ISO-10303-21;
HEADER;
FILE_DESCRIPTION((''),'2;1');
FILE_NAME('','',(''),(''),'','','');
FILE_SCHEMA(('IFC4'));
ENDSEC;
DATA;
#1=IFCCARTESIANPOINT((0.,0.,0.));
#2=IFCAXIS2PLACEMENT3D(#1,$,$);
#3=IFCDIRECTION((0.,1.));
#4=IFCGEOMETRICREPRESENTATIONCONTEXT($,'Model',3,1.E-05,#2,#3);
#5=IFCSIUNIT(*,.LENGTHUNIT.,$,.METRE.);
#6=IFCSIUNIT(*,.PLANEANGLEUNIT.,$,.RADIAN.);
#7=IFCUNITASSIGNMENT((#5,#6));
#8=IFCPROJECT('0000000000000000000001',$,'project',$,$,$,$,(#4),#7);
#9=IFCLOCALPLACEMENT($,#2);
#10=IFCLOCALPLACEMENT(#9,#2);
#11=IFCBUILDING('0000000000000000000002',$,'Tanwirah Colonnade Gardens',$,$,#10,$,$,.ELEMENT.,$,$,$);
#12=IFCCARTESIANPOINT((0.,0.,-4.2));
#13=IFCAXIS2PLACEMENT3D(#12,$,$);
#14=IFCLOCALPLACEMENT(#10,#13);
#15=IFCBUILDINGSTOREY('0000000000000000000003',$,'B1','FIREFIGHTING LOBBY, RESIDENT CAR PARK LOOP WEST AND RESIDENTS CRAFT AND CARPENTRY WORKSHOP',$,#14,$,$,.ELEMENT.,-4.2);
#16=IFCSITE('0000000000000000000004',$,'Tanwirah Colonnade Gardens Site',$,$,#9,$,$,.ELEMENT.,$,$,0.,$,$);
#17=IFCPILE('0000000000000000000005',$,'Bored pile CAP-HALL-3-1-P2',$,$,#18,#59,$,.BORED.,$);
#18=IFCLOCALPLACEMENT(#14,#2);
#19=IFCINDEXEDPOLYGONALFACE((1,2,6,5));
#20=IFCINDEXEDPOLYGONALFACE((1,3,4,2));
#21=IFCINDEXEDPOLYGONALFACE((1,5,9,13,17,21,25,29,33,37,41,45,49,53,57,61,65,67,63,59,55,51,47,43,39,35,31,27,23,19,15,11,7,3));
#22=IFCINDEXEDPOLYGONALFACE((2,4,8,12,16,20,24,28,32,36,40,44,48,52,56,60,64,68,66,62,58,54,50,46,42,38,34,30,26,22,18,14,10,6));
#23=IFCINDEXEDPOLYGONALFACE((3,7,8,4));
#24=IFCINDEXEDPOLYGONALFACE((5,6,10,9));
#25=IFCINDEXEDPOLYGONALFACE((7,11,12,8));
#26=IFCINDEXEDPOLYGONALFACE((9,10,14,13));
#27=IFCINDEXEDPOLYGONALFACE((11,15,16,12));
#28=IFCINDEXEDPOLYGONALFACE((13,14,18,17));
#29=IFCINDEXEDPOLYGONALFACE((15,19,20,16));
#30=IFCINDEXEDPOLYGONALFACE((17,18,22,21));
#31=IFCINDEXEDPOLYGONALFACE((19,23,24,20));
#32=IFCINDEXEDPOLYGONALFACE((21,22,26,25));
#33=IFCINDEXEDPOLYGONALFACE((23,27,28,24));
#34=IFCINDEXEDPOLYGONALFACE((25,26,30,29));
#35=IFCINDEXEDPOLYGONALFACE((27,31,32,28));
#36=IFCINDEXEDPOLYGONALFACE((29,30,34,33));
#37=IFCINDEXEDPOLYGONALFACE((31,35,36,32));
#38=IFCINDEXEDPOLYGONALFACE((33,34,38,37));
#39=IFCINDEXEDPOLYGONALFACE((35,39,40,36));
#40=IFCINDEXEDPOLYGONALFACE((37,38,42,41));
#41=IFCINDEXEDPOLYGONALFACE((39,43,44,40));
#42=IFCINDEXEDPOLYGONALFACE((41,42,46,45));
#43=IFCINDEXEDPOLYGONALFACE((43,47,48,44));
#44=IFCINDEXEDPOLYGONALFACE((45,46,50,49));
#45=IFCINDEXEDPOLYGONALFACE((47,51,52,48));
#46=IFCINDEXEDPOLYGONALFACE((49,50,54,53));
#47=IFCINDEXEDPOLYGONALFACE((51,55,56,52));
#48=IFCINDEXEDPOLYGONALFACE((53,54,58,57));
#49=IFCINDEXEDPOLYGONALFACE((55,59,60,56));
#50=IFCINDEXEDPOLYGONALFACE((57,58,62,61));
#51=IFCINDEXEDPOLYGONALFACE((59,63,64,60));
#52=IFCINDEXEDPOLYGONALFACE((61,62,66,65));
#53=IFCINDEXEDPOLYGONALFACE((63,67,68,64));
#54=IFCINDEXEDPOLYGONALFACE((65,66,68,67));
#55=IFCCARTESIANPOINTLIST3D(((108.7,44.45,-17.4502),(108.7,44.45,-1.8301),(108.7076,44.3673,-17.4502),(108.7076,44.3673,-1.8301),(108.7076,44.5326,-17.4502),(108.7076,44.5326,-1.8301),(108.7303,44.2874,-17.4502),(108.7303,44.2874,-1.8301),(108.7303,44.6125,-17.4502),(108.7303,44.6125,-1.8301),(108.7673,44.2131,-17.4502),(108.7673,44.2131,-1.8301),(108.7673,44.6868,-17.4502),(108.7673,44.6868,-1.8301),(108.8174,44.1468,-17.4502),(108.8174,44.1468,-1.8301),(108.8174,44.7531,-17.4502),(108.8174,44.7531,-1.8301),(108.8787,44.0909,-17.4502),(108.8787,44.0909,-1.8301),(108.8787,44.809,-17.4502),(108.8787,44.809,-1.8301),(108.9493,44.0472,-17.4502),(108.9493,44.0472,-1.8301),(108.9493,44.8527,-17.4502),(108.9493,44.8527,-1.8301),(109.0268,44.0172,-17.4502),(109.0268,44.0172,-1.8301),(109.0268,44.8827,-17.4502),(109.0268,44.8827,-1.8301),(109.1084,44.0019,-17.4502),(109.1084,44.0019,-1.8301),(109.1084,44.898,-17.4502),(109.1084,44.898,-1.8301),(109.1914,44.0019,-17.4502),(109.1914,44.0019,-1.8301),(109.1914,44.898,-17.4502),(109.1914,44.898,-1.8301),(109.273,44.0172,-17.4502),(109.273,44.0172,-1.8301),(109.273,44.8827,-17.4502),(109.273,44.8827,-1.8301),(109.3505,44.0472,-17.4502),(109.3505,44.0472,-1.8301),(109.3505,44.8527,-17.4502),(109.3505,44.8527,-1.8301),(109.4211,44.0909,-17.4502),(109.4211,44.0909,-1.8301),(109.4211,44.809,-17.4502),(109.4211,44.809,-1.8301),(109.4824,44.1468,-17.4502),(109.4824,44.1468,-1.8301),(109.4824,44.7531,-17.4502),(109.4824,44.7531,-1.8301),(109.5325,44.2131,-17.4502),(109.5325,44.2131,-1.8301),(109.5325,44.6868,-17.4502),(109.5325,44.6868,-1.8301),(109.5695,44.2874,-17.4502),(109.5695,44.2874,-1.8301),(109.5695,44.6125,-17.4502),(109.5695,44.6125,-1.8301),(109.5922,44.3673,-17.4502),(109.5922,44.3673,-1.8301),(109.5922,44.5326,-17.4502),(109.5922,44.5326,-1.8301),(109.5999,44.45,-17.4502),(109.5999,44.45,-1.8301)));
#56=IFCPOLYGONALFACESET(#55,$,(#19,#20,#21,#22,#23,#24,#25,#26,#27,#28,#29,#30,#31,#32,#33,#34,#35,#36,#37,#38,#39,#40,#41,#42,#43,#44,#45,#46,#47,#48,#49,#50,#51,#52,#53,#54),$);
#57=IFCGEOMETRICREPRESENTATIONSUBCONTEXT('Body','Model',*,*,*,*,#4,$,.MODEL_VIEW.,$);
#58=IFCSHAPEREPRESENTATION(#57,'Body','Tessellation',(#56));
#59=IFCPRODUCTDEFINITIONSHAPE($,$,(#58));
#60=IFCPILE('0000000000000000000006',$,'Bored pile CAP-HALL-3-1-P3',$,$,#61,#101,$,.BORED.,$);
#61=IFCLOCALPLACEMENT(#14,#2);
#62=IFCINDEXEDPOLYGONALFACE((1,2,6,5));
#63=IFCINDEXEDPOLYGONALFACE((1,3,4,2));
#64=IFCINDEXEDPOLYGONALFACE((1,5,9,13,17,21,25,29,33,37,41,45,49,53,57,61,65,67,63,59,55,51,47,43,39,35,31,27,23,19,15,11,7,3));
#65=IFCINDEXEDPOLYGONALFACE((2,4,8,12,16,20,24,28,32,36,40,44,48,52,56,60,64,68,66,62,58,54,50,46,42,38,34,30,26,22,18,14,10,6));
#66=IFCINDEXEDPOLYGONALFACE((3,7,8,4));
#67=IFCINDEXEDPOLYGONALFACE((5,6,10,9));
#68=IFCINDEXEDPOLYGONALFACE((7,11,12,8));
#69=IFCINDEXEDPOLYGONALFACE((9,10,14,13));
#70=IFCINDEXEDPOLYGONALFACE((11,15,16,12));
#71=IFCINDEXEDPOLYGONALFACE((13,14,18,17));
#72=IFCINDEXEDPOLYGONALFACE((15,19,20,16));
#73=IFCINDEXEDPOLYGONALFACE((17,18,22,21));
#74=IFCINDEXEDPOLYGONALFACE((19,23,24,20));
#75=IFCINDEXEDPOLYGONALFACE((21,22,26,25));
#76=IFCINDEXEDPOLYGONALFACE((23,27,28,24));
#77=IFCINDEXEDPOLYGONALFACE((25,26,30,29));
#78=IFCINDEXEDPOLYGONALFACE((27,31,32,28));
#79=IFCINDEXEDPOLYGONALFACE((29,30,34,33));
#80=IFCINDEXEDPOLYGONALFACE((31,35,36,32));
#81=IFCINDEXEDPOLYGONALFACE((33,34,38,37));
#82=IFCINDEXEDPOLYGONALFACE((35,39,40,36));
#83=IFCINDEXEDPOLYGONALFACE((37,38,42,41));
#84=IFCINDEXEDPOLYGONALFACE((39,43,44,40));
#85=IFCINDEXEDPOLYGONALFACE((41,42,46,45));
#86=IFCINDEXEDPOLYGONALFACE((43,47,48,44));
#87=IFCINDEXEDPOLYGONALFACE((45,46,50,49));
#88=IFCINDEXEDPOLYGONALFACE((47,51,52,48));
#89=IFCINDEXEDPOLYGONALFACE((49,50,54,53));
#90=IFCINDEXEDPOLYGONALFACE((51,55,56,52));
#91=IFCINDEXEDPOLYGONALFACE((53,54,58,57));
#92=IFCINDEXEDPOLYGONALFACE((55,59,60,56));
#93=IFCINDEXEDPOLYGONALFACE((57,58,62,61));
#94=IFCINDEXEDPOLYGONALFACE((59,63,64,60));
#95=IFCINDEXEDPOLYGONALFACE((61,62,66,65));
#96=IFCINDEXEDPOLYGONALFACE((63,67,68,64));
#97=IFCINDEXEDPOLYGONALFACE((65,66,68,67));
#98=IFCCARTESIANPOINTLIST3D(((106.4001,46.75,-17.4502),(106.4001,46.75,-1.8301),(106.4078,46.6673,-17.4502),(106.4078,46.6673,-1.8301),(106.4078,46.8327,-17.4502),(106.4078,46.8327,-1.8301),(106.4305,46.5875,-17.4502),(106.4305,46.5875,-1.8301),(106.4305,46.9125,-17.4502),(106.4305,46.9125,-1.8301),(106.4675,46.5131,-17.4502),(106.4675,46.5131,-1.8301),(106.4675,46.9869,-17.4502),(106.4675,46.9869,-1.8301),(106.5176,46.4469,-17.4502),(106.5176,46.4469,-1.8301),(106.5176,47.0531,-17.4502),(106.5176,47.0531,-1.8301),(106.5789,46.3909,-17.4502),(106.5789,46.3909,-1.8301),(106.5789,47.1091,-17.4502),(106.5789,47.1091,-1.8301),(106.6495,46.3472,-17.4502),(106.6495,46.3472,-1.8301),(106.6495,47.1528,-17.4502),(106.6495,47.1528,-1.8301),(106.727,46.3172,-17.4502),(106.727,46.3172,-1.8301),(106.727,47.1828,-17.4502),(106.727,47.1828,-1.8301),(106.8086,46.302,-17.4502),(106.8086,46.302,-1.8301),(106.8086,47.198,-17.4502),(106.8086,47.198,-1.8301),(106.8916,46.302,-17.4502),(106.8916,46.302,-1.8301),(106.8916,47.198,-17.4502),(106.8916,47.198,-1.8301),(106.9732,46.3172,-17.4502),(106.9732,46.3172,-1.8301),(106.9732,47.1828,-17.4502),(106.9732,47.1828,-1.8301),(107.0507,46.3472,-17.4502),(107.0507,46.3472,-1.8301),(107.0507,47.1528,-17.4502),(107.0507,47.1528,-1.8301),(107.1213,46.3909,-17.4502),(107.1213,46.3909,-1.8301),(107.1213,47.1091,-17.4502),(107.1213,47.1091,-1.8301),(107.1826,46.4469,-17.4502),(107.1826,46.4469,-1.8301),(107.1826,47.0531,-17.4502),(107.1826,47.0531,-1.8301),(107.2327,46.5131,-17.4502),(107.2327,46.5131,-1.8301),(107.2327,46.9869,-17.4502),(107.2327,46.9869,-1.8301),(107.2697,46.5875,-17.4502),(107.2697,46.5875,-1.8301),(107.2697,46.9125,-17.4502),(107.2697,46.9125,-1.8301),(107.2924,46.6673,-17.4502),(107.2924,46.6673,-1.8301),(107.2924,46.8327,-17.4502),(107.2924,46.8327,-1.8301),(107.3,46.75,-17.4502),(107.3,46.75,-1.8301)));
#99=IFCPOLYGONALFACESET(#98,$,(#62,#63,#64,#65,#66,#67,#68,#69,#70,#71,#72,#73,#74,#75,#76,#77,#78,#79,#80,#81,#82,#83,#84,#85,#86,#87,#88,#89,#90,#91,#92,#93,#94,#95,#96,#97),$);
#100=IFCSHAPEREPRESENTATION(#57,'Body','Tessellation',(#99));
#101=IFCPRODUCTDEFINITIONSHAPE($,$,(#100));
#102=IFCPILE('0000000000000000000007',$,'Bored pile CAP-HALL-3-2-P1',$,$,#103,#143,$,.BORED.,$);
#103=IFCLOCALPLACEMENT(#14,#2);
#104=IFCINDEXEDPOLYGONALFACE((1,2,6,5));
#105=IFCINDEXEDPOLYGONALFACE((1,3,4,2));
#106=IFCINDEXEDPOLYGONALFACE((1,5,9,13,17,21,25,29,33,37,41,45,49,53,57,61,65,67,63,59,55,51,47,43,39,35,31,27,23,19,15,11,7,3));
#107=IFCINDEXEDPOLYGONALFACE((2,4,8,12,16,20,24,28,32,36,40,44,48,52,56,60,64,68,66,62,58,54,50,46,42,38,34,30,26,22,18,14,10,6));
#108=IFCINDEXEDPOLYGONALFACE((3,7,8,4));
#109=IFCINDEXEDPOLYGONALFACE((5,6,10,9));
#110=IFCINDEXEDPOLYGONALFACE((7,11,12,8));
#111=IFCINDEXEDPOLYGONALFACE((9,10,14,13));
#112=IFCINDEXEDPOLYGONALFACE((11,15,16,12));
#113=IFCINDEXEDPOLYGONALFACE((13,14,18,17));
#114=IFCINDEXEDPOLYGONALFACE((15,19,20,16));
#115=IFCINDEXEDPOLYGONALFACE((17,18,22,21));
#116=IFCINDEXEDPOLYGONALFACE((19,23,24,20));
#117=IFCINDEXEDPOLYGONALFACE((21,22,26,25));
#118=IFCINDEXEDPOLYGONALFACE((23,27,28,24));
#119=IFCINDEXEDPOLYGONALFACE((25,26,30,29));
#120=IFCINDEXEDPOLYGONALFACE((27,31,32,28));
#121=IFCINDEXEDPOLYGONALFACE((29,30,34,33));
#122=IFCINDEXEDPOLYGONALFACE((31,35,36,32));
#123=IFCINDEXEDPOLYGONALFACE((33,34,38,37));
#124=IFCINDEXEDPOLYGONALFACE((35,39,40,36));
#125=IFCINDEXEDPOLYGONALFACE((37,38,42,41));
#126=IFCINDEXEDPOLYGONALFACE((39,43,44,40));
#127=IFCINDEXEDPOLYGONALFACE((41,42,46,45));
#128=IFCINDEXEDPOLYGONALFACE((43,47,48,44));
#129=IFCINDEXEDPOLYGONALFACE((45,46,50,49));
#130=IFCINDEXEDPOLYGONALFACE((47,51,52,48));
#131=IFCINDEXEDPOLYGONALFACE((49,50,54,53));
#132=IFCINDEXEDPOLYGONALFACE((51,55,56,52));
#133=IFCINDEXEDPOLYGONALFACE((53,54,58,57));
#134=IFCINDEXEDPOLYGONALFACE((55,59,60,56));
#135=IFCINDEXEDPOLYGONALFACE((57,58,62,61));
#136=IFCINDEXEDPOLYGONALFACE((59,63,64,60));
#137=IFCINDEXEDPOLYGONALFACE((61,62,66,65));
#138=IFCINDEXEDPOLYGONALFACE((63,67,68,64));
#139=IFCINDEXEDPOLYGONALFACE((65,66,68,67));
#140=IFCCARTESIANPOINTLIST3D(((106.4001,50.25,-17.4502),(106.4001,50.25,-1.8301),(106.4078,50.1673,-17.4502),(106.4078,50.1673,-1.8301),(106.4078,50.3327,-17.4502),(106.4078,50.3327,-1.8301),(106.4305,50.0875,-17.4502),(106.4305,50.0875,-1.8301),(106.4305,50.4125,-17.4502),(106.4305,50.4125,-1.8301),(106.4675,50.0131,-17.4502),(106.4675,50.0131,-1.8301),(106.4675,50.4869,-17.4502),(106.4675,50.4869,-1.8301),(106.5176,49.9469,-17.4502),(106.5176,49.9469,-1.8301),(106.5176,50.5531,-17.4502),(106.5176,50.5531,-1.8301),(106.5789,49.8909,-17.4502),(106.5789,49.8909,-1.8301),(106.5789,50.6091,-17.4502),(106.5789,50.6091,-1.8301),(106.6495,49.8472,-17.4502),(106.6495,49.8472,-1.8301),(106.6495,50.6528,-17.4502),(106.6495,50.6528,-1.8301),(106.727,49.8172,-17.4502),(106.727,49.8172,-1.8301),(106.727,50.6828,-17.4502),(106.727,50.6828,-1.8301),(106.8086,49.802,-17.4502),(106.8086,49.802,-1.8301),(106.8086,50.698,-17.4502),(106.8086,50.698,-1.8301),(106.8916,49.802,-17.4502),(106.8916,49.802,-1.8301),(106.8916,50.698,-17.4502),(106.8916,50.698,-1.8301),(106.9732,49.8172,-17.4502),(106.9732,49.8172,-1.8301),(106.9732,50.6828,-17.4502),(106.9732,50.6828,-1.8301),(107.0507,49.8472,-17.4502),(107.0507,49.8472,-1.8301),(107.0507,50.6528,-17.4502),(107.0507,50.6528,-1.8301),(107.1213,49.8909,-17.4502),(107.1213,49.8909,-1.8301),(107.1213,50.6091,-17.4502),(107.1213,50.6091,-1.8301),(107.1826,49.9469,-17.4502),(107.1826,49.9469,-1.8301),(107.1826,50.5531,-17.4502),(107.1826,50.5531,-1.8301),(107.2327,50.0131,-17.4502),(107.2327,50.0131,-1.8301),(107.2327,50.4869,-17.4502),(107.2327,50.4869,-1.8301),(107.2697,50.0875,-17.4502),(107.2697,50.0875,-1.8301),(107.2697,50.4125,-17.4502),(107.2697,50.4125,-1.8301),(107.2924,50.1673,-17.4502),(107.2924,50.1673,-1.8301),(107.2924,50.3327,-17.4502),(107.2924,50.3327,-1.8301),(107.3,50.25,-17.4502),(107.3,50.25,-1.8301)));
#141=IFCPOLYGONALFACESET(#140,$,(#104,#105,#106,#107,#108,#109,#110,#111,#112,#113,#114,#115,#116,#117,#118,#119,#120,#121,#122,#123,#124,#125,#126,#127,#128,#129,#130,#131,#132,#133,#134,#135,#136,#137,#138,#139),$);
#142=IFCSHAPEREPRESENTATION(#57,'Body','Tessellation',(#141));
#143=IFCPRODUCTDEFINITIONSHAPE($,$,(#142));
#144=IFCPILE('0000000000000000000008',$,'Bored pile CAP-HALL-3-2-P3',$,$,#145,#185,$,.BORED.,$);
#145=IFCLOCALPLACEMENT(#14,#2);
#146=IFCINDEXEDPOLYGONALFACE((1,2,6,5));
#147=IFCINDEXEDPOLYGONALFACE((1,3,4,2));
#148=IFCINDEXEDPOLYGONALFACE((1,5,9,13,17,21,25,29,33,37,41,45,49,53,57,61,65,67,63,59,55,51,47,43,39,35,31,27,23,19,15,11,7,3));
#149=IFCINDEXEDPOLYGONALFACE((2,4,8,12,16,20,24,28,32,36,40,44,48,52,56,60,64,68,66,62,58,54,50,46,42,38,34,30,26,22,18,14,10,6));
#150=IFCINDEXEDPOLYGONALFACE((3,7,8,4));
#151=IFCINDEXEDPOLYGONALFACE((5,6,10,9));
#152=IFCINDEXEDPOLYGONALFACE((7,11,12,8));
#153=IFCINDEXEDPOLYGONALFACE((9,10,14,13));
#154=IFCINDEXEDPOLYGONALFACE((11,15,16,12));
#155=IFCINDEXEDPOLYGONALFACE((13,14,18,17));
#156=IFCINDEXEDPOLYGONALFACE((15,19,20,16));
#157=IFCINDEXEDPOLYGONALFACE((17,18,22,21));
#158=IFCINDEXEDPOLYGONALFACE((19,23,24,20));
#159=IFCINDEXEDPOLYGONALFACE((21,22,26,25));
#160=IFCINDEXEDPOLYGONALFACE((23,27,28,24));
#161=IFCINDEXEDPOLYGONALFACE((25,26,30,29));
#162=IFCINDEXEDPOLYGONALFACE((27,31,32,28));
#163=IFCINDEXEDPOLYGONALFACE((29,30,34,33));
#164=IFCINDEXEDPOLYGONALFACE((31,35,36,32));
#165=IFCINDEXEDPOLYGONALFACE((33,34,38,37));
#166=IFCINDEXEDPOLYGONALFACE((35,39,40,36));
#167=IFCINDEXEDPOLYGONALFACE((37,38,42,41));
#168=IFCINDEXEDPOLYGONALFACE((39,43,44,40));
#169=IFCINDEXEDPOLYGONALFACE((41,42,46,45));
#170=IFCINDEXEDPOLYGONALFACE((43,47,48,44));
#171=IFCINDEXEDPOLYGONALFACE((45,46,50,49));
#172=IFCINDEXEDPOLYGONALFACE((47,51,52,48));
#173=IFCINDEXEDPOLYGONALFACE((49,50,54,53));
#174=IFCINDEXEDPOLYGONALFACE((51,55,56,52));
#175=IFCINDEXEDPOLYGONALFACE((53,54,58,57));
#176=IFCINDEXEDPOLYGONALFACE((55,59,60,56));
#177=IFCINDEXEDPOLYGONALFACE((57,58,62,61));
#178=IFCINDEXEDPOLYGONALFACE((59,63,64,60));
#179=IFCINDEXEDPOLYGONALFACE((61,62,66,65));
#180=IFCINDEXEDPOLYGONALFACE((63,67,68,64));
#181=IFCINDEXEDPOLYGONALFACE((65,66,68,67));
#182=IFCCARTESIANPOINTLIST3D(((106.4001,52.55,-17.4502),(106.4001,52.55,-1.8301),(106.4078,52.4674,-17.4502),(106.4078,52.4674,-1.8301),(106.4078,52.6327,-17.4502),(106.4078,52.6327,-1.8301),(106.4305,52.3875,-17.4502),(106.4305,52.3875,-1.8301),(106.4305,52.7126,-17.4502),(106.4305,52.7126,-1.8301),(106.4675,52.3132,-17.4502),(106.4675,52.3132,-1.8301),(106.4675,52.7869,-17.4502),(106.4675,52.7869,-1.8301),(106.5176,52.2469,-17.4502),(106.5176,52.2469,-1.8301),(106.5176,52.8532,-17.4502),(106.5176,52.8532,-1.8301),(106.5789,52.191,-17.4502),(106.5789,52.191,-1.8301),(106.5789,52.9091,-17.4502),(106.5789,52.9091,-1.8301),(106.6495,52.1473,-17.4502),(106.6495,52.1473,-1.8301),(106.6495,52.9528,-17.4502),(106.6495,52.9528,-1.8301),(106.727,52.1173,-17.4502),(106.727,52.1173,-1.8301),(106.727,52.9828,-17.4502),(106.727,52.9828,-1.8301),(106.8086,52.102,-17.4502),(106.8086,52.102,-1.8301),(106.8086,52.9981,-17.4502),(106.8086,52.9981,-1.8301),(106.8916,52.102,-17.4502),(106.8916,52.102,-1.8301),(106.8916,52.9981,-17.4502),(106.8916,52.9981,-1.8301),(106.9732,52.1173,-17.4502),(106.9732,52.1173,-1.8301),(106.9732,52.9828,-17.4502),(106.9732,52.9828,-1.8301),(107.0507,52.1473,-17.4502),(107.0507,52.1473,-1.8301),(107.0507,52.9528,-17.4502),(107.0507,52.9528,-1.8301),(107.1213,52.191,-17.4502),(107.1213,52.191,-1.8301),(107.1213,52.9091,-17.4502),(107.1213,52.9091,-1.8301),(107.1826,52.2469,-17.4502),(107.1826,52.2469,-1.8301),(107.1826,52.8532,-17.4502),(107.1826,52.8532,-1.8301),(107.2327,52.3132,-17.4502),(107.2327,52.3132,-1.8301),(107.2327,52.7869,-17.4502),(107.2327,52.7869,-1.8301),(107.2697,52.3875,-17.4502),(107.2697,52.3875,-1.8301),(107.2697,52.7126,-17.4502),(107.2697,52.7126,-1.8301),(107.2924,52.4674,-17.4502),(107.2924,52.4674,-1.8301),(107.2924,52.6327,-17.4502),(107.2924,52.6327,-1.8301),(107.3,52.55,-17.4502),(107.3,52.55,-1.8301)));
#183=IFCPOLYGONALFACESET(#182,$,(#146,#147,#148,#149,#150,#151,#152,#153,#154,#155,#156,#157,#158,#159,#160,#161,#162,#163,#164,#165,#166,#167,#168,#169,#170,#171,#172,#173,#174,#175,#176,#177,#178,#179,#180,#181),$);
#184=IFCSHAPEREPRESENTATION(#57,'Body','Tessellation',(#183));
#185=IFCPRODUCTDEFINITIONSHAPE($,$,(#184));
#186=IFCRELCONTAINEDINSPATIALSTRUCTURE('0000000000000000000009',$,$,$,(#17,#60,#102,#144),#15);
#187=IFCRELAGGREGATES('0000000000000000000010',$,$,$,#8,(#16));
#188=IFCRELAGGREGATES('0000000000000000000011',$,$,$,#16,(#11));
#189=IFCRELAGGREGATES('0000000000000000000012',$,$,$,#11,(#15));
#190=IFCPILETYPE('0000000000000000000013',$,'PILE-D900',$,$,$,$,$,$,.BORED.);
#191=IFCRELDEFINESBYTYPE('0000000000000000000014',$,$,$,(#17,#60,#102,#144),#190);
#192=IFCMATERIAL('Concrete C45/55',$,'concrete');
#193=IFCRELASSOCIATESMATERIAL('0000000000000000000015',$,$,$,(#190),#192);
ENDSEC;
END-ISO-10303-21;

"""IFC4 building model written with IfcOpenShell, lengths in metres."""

from ifc_helpers import new_model, si_unit, direction, frame, origin, origin_2d, place, context, subcontext, project, spatial, circle, extrude, material, material_profile, profile_set, type_object, element, save


model = new_model("IFC4")

# Units and contexts
model_context = context("Model", 3, precision=1e-05, world=origin(), true_north=direction((0.0, 1.0)))
body_context = subcontext(model_context, "Body", "Model", "MODEL_VIEW")
ifc_project = project(units=[si_unit("LENGTHUNIT", "METRE"), si_unit("PLANEANGLEUNIT", "RADIAN")], contexts=[model_context])

# Site, building, storey
site_placement = place(None, origin())
site = spatial("IfcSite", under=ifc_project, at=site_placement, Name="Tanwirah Colonnade Gardens Site", CompositionType="ELEMENT", RefElevation=0.0)
building_placement = place(site_placement, origin())
building = spatial("IfcBuilding", under=site, at=building_placement, Name="Tanwirah Colonnade Gardens", CompositionType="ELEMENT")
storey_placement = place(building_placement, frame((0.0, 0.0, -4.2)))
storey = spatial("IfcBuildingStorey", under=building, at=storey_placement, Name="B1", Description="FIREFIGHTING LOBBY, RESIDENT CAR PARK LOOP WEST AND RESIDENTS CRAFT AND CARPENTRY WORKSHOP", CompositionType="ELEMENT", Elevation=-4.2)

# Shared definitions
ifc_material = material(Name="Concrete C45/55", Category="concrete")

# Piles
ifc_material_profile_1 = material_profile(ifc_material, circle(Radius=0.45, at=origin_2d()), Name="PILE D900")
ifc_profile_set_1 = profile_set([ifc_material_profile_1], Name="Concrete C45/55")
pile_type_1 = type_object("IfcPileType", Name="PILE-D900", PredefinedType="BORED", material=ifc_profile_set_1)
for number, where, z_axis, x_axis, name in (
    (1, (109.1499, 44.45, -1.8301), (0.0, 0.0, -1.0), (1.0, 0.0, 0.0), "Bored pile CAP-HALL-3-1-P2"),
    (2, (106.8501, 46.75, -1.8301), (0.0, 0.0, -1.0), (1.0, 0.0, 0.0), "Bored pile CAP-HALL-3-1-P3"),
    (3, (106.8501, 50.25, -1.8301), (0.0, 0.0, -1.0), (1.0, 0.0, 0.0), "Bored pile CAP-HALL-3-2-P1"),
    (4, (106.8501, 52.55, -1.8301), (0.0, 0.0, -1.0), (1.0, 0.0, 0.0), "Bored pile CAP-HALL-3-2-P3"),
):
    element("IfcPile", number, at=place(storey_placement, frame(where, z_axis=z_axis, x_axis=x_axis)), inside=storey, type_object=pile_type_1, Name=name, PredefinedType="BORED", context=body_context, shape_type="SweptSolid", body=[
        extrude(circle(Radius=0.45, at=origin_2d()), origin(), (0.0, 0.0, 1.0), 15.6201),
    ])

save(model, "model.ifc")
